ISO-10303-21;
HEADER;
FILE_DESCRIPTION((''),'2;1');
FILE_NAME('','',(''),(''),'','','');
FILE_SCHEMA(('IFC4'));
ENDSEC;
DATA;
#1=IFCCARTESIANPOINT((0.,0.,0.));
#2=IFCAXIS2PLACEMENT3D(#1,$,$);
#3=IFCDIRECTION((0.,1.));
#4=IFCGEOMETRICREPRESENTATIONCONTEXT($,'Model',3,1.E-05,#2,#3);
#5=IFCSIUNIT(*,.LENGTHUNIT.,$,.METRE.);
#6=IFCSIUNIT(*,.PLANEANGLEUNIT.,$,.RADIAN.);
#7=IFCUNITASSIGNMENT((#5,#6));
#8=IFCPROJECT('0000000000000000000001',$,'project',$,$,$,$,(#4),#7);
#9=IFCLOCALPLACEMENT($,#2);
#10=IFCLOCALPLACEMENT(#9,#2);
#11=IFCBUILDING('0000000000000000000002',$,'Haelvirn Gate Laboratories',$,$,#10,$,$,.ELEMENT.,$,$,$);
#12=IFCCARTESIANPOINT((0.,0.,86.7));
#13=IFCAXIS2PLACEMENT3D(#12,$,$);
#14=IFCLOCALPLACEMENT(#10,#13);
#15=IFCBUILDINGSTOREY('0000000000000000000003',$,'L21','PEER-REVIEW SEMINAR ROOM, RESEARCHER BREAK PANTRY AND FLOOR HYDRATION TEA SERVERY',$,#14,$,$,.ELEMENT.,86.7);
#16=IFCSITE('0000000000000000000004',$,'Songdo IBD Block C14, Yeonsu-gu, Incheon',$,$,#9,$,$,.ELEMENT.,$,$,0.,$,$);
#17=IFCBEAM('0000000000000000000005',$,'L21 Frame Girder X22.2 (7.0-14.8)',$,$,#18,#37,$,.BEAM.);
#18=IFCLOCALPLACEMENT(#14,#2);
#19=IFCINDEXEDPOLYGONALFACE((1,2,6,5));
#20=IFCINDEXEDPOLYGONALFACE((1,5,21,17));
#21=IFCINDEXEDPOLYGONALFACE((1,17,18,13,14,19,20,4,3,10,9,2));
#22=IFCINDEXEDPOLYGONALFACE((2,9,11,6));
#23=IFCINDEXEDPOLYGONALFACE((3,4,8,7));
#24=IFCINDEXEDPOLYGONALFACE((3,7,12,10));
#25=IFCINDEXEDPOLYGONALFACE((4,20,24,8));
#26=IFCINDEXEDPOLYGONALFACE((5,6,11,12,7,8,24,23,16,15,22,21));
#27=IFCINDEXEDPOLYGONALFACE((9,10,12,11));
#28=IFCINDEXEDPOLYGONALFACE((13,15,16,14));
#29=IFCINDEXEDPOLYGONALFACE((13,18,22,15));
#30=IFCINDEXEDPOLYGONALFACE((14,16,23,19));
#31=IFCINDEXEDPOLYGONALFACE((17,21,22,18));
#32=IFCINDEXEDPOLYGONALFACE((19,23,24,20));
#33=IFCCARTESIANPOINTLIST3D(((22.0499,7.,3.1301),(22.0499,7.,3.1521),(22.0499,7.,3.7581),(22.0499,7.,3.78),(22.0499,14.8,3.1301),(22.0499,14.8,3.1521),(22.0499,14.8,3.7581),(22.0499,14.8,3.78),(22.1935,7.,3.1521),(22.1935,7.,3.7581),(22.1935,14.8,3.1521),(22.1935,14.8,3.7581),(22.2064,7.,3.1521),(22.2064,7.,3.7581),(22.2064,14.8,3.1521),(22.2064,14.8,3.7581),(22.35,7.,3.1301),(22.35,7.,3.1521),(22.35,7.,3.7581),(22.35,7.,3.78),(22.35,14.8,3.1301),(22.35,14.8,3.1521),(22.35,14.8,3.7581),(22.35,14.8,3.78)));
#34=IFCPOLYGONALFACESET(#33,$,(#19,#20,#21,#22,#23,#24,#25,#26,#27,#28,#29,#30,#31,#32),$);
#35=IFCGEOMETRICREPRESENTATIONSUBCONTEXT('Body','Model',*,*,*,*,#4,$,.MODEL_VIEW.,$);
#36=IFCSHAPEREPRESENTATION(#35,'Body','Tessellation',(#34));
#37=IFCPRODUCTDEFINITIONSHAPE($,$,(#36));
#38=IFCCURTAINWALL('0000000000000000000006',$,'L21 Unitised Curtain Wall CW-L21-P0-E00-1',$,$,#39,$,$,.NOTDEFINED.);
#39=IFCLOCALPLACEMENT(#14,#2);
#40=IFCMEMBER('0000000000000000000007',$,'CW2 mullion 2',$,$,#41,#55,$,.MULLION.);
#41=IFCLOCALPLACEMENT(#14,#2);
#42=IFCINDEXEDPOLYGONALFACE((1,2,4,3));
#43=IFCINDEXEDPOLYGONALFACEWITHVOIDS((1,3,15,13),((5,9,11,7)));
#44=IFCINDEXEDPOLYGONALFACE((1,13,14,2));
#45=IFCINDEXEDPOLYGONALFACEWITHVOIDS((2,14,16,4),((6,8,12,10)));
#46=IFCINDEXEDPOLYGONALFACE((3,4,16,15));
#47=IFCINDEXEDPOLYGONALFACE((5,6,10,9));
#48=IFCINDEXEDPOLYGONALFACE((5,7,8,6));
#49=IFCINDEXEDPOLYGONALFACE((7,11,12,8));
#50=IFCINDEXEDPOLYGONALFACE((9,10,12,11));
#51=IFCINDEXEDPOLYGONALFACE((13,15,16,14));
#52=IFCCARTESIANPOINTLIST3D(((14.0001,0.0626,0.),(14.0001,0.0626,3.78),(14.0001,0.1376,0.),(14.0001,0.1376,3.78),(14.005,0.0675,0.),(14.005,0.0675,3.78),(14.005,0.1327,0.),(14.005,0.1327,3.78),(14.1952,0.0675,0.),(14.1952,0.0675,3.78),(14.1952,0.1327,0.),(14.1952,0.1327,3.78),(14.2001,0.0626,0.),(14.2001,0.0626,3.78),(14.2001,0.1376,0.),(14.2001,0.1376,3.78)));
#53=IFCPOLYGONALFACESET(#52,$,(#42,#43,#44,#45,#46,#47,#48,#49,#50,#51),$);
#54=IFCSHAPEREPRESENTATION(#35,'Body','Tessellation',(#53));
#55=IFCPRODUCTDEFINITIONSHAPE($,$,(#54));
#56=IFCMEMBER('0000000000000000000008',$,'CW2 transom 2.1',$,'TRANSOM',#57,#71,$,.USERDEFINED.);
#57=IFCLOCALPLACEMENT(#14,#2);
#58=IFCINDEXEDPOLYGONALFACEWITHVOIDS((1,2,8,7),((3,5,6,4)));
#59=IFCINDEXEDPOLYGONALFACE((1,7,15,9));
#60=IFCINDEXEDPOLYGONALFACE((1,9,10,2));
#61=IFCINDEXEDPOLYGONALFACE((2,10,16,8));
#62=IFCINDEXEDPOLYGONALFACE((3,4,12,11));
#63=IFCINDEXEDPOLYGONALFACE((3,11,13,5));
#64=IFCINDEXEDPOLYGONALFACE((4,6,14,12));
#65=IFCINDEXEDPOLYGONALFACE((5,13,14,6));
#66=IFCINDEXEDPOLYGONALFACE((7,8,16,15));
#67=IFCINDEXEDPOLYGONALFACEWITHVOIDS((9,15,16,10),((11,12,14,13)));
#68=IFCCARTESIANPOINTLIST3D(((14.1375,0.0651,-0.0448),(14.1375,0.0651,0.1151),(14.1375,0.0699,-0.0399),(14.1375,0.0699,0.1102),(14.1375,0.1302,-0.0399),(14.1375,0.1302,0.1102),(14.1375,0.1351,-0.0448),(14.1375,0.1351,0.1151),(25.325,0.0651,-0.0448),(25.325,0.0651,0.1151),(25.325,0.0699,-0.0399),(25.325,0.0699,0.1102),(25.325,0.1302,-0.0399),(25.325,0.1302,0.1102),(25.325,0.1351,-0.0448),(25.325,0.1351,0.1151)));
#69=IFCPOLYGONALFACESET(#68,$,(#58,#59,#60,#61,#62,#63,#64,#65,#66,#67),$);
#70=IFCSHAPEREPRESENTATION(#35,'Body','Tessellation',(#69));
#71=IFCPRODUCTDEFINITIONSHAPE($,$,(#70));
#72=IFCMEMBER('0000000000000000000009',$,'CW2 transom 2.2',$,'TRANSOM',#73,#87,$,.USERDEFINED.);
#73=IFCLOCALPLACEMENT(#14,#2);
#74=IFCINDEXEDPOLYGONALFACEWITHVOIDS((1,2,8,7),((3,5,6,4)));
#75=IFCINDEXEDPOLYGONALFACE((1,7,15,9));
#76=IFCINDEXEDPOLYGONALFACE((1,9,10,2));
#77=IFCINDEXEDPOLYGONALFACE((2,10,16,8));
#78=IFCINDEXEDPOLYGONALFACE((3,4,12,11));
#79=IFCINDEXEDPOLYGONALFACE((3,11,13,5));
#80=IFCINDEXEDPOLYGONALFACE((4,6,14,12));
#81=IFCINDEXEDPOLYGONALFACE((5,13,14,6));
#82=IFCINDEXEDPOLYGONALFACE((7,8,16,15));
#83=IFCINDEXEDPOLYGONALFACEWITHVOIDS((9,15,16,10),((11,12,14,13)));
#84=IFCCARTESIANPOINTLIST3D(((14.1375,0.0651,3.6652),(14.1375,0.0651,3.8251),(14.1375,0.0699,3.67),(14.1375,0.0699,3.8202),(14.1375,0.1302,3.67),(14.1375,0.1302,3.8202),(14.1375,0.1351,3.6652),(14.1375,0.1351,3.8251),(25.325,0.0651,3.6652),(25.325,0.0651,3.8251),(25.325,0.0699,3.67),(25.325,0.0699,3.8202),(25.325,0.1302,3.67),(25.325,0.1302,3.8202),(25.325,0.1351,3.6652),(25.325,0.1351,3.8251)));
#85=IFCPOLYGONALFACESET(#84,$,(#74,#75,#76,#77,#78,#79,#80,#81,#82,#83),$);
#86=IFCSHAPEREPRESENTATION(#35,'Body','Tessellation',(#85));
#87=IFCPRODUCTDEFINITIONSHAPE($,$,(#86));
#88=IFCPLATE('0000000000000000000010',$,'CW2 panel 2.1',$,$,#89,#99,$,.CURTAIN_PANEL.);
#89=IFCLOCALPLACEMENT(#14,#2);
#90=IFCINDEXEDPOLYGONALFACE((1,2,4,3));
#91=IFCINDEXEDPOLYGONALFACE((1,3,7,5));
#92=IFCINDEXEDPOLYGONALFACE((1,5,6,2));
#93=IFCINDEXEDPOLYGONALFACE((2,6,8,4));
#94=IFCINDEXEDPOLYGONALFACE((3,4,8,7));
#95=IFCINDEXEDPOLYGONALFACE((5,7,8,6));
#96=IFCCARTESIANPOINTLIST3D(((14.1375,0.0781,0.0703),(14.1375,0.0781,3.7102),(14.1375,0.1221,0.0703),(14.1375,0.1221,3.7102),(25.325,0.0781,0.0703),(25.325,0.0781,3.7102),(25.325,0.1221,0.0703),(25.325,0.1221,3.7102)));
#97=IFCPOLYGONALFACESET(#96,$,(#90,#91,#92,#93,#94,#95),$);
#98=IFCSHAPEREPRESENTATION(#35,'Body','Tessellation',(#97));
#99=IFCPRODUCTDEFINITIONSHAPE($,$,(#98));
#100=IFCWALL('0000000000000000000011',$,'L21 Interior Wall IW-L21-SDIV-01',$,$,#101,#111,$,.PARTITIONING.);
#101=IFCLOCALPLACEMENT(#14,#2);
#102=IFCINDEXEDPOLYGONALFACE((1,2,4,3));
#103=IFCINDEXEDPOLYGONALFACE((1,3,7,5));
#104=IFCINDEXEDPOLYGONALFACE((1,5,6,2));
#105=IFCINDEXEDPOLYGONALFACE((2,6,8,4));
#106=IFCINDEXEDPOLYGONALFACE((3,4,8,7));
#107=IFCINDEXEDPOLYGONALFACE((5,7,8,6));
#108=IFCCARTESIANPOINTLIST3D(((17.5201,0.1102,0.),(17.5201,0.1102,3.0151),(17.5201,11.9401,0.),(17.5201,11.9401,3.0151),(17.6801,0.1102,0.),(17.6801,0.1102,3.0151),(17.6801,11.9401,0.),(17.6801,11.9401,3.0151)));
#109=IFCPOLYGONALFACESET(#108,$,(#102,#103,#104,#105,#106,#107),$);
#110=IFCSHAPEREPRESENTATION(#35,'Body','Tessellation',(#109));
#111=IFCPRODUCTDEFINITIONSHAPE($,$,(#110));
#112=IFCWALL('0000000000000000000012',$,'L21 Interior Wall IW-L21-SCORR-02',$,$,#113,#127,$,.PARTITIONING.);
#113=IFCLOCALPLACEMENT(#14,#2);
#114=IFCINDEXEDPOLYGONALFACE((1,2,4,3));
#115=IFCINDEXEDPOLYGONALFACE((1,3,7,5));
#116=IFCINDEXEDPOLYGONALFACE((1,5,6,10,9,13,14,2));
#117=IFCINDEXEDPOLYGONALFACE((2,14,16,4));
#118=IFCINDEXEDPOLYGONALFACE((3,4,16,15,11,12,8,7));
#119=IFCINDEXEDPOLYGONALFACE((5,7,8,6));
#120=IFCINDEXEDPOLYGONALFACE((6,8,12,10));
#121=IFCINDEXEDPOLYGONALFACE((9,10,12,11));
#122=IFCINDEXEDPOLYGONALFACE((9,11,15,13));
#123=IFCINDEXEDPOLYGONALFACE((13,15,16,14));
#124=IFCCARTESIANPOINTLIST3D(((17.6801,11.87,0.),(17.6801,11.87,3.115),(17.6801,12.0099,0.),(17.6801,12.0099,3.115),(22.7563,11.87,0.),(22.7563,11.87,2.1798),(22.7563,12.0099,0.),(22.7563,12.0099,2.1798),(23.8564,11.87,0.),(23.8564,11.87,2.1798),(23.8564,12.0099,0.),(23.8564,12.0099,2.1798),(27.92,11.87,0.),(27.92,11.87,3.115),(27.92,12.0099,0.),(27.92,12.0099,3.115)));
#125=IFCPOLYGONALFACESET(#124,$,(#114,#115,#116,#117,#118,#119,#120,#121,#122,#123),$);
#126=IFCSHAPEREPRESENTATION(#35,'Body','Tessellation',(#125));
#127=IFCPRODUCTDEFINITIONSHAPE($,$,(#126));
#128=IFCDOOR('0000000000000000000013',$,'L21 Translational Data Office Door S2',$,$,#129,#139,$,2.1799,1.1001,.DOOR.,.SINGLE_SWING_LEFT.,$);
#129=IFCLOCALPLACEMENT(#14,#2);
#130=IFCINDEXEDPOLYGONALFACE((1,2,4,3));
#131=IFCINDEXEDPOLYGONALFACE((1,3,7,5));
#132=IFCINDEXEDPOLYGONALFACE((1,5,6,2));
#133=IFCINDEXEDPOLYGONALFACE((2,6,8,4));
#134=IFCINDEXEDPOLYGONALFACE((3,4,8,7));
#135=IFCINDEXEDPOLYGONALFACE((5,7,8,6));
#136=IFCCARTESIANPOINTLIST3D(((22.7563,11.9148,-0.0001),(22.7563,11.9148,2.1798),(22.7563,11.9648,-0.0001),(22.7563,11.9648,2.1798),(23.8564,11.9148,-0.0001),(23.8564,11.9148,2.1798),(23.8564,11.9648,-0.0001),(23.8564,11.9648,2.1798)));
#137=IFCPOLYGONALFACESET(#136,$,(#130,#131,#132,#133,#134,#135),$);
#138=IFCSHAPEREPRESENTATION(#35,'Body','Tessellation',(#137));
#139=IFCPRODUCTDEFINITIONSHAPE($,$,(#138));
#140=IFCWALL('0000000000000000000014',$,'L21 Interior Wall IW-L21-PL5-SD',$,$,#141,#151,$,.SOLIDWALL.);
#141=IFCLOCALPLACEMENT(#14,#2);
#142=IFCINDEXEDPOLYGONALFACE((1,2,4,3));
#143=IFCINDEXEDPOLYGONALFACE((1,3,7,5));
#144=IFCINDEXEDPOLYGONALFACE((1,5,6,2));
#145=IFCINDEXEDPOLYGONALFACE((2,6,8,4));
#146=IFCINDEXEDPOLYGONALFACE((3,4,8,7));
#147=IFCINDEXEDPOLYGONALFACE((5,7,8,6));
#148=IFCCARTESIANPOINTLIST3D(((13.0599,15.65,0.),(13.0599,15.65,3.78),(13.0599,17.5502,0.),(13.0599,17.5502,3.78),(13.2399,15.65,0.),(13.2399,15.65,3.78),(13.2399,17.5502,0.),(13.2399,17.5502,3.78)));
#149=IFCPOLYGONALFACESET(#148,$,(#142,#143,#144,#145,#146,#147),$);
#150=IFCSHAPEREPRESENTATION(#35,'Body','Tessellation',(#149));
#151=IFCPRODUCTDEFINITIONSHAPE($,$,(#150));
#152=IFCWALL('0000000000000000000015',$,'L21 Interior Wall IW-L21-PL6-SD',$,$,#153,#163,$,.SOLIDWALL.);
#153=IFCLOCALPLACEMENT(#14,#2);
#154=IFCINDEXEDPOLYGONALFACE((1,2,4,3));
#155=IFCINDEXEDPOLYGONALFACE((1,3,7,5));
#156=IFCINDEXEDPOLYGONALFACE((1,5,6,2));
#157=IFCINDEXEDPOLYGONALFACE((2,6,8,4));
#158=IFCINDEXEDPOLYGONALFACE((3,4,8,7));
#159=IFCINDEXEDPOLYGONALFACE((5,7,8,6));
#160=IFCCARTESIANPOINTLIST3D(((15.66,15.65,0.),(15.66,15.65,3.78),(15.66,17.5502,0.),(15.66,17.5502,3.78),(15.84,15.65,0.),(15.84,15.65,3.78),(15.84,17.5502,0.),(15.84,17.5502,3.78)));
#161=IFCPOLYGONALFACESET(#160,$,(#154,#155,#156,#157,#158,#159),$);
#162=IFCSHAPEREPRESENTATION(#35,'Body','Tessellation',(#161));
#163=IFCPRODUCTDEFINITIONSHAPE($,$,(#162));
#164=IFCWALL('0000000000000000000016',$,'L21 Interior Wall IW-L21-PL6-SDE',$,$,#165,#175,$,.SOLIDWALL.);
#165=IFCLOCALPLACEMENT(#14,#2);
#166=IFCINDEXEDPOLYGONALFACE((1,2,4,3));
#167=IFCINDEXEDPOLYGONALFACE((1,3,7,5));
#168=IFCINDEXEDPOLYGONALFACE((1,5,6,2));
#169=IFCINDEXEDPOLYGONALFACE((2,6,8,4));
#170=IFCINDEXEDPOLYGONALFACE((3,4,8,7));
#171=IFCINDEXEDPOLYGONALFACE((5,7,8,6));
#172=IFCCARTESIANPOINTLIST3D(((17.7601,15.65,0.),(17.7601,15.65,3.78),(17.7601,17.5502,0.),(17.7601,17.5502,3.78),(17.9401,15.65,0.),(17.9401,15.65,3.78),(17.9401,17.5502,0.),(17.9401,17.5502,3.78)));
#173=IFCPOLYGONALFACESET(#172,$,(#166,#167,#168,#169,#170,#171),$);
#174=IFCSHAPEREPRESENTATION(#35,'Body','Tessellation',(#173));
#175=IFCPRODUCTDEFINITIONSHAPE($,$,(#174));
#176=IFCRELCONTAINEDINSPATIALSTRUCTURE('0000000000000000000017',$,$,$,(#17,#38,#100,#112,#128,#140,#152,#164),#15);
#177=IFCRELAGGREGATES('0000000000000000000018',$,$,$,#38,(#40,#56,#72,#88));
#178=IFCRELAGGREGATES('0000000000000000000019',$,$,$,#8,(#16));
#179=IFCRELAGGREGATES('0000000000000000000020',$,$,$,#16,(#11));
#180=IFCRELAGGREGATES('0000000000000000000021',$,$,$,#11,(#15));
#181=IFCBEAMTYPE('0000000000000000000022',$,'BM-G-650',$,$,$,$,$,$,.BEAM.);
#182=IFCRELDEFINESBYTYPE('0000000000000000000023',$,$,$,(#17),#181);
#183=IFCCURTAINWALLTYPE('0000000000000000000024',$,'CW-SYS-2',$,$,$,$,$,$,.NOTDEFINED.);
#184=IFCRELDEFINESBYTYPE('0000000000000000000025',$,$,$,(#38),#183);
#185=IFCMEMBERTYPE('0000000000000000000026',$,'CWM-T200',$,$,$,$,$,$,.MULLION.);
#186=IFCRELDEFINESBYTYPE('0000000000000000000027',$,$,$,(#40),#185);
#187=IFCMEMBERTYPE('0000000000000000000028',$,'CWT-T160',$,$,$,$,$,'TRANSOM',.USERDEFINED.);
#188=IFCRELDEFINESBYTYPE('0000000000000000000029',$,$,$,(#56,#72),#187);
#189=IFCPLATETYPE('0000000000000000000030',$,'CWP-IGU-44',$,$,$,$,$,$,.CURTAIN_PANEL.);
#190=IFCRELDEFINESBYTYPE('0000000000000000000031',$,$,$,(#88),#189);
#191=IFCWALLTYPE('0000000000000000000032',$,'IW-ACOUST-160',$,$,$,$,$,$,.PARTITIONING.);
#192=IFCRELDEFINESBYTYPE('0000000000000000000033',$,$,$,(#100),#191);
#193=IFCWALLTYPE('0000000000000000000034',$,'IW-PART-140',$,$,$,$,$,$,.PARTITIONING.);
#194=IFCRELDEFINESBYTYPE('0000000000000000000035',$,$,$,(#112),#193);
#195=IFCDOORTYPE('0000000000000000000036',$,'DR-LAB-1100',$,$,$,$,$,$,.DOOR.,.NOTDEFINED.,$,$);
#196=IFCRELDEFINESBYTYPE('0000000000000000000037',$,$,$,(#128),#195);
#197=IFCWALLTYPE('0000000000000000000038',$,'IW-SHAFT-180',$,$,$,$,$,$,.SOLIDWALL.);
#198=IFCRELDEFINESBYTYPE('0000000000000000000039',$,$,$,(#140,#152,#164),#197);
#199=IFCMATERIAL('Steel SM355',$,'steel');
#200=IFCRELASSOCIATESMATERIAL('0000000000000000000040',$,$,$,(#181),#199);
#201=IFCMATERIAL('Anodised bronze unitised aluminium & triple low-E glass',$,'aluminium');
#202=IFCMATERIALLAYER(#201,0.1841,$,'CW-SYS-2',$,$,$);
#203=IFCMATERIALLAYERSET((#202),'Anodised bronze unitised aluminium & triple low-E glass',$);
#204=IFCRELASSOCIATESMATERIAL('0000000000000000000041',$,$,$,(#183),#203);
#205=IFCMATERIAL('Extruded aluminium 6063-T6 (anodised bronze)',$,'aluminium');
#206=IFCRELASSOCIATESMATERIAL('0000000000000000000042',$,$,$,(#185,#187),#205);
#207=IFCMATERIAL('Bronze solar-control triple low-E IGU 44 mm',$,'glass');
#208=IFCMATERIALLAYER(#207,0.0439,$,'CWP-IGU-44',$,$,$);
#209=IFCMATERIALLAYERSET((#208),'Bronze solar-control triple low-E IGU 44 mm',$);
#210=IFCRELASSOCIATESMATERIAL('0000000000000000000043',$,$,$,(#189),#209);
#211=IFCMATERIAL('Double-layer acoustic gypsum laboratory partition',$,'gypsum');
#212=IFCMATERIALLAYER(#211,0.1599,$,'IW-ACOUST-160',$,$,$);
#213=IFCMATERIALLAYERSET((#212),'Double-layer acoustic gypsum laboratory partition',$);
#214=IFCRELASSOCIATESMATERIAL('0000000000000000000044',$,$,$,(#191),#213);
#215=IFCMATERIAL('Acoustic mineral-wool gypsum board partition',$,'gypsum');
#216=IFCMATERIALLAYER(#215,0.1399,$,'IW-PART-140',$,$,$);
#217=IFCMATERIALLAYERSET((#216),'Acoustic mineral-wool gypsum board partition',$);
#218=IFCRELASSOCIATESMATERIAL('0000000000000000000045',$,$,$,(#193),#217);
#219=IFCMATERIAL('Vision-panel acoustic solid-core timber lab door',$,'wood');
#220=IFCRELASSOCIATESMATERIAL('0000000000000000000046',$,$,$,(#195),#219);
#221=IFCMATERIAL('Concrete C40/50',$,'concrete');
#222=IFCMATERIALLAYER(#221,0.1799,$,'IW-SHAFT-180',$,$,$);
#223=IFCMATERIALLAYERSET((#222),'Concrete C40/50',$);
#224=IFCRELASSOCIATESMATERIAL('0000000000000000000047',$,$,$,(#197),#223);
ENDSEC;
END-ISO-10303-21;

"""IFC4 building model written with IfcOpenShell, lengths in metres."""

from ifc_helpers import new_model, si_unit, direction, frame, frame_2d, origin, origin_2d, place, context, subcontext, project, spatial, rectangle, hollow_rectangle, i_section, extrude, source, transform, mapped, material, layer, layer_set, material_profile, profile_set, type_object, type_shapes, element, fill, aggregate, save


model = new_model("IFC4")

# Units and contexts
model_context = context("Model", 3, precision=1e-05, world=origin(), true_north=direction((0.0, 1.0)))
body_context = subcontext(model_context, "Body", "Model", "MODEL_VIEW")
ifc_project = project(units=[si_unit("LENGTHUNIT", "METRE"), si_unit("PLANEANGLEUNIT", "RADIAN")], contexts=[model_context])

# Site, building, storey
site_placement = place(None, origin())
site = spatial("IfcSite", under=ifc_project, at=site_placement, Name="Songdo IBD Block C14, Yeonsu-gu, Incheon", CompositionType="ELEMENT", RefElevation=0.0)
building_placement = place(site_placement, origin())
building = spatial("IfcBuilding", under=site, at=building_placement, Name="Haelvirn Gate Laboratories", CompositionType="ELEMENT")
storey_placement = place(building_placement, frame((0.0, 0.0, 86.7)))
storey = spatial("IfcBuildingStorey", under=building, at=storey_placement, Name="L21", Description="PEER-REVIEW SEMINAR ROOM, RESEARCHER BREAK PANTRY AND FLOOR HYDRATION TEA SERVERY", CompositionType="ELEMENT", Elevation=86.7)

# Beam
ifc_material_1 = material(Name="Steel SM355", Category="steel")
ifc_material_profile_1 = material_profile(ifc_material_1, i_section(OverallWidth=0.3, OverallDepth=0.6499, WebThickness=0.0129, FlangeThickness=0.022, at=origin_2d()), Name="H-650x300x13x22")
ifc_profile_set_1 = profile_set([ifc_material_profile_1], Name="Steel SM355")
beam_type_1 = type_object("IfcBeamType", Name="BM-G-650", PredefinedType="BEAM", material=ifc_profile_set_1)
shared_shape_1 = source(origin(), body_context, "Body", "SweptSolid", [
    extrude(i_section(OverallWidth=0.3, OverallDepth=0.6499, WebThickness=0.0129, FlangeThickness=0.022, at=origin_2d()), origin(), (0.0, 0.0, 1.0), 7.8),
])
beam_1_placement = place(storey_placement, frame((22.2, 7.0, 3.4551), z_axis=(0.0, 1.0, 0.0), x_axis=(-1.0, 0.0, 0.0)))
element("IfcBeam", 1, at=beam_1_placement, inside=storey, type_object=beam_type_1, Name="L21 Frame Girder X22.2 (7.0-14.8)", PredefinedType="BEAM", context=body_context, shape_type="MappedRepresentation", body=[
    mapped(shared_shape_1, transform((0.0, 0.0, 0.0), scale=1.0)),
])

# Curtain wall, members, plate
ifc_material_2 = material(Name="Anodised bronze unitised aluminium & triple low-E glass", Category="aluminium")
ifc_layer_1 = layer(ifc_material_2, 0.1841, Name="CW-SYS-2")
ifc_layer_set_1 = layer_set([ifc_layer_1], Name="Anodised bronze unitised aluminium & triple low-E glass")
curtain_wall_type = type_object("IfcCurtainWallType", Name="CW-SYS-2", PredefinedType="NOTDEFINED", material=ifc_layer_set_1)
curtain_wall_placement = place(storey_placement, origin())
curtain_wall = element("IfcCurtainWall", 2, at=curtain_wall_placement, inside=storey, type_object=curtain_wall_type, Name="L21 Unitised Curtain Wall CW-L21-P0-E00-1", PredefinedType="NOTDEFINED")
ifc_material_3 = material(Name="Extruded aluminium 6063-T6 (anodised bronze)", Category="aluminium")
ifc_material_profile_2 = material_profile(ifc_material_3, hollow_rectangle(XDim=0.075, YDim=0.2, WallThickness=0.0049, at=origin_2d()), Name="CWM-200x75x5")
ifc_profile_set_2 = profile_set([ifc_material_profile_2], Name="Extruded aluminium 6063-T6 (anodised bronze)")
member_type_1 = type_object("IfcMemberType", Name="CWM-T200", PredefinedType="MULLION", material=ifc_profile_set_2)
shared_shape_2 = source(origin(), body_context, "Body", "SweptSolid", [
    extrude(hollow_rectangle(XDim=0.075, YDim=0.2, WallThickness=0.0049, at=origin_2d()), origin(), (0.0, 0.0, 1.0), 3.78),
])
type_shapes(member_type_1, [shared_shape_2])
member_1_placement = place(storey_placement, frame((14.1001, 0.1001, 0.0), z_axis=(0.0, 0.0, 1.0), x_axis=(0.0, 1.0, 0.0)))
member_1 = element("IfcMember", 3, at=member_1_placement, type_object=member_type_1, Name="CW2 mullion 2", PredefinedType="MULLION", context=body_context, shape_type="MappedRepresentation", body=[
    mapped(shared_shape_2, transform((0.0, 0.0, 0.0), scale=1.0)),
])
ifc_material_profile_3 = material_profile(ifc_material_3, hollow_rectangle(XDim=0.0701, YDim=0.1599, WallThickness=0.0049, at=origin_2d()), Name="CWT-160x70x5")
ifc_profile_set_3 = profile_set([ifc_material_profile_3], Name="Extruded aluminium 6063-T6 (anodised bronze)")
member_type_2 = type_object("IfcMemberType", Name="CWT-T160", ElementType="TRANSOM", PredefinedType="USERDEFINED", material=ifc_profile_set_3)
shared_shape_3 = source(origin(), body_context, "Body", "SweptSolid", [
    extrude(hollow_rectangle(XDim=0.0701, YDim=0.1599, WallThickness=0.0049, at=origin_2d()), origin(), (0.0, 0.0, 1.0), 11.1875),
])
type_shapes(member_type_2, [shared_shape_3])
member_2_placement = place(storey_placement, frame((14.1375, 0.1001, 0.0352), z_axis=(1.0, 0.0, 0.0), x_axis=(0.0, 1.0, 0.0)))
member_2 = element("IfcMember", 4, at=member_2_placement, type_object=member_type_2, Name="CW2 transom 2.1", ObjectType="TRANSOM", PredefinedType="USERDEFINED", context=body_context, shape_type="MappedRepresentation", body=[
    mapped(shared_shape_3, transform((0.0, 0.0, 0.0), scale=1.0)),
])
member_3_placement = place(storey_placement, frame((14.1375, 0.1001, 3.7451), z_axis=(1.0, 0.0, 0.0), x_axis=(0.0, 1.0, 0.0)))
member_3 = element("IfcMember", 5, at=member_3_placement, type_object=member_type_2, Name="CW2 transom 2.2", ObjectType="TRANSOM", PredefinedType="USERDEFINED", context=body_context, shape_type="MappedRepresentation", body=[
    mapped(shared_shape_3, transform((0.0, 0.0, 0.0), scale=1.0)),
])
ifc_material_4 = material(Name="Bronze solar-control triple low-E IGU 44 mm", Category="glass")
ifc_layer_2 = layer(ifc_material_4, 0.0439, Name="CWP-IGU-44")
ifc_layer_set_2 = layer_set([ifc_layer_2], Name="Bronze solar-control triple low-E IGU 44 mm")
plate_type = type_object("IfcPlateType", Name="CWP-IGU-44", PredefinedType="CURTAIN_PANEL", material=ifc_layer_set_2)
shared_shape_4 = source(origin(), body_context, "Body", "SweptSolid", [
    extrude(rectangle(XDim=11.1875, YDim=0.0439, at=origin_2d()), origin(), (0.0, 0.0, 1.0), 3.6399),
])
type_shapes(plate_type, [shared_shape_4])
plate_placement = place(storey_placement, frame((19.7312, 0.1001, 0.0703), z_axis=(0.0, 0.0, 1.0), x_axis=(1.0, 0.0, 0.0)))
plate = element("IfcPlate", 6, at=plate_placement, type_object=plate_type, Name="CW2 panel 2.1", PredefinedType="CURTAIN_PANEL", context=body_context, shape_type="MappedRepresentation", body=[
    mapped(shared_shape_4, transform((0.0, 0.0, 0.0), scale=1.0)),
])
aggregate(curtain_wall, [member_1, member_2, member_3, plate])

# Wall
ifc_material_5 = material(Name="Double-layer acoustic gypsum laboratory partition", Category="gypsum")
ifc_layer_3 = layer(ifc_material_5, 0.1599, Name="IW-ACOUST-160")
ifc_layer_set_3 = layer_set([ifc_layer_3], Name="Double-layer acoustic gypsum laboratory partition")
wall_type_1 = type_object("IfcWallType", Name="IW-ACOUST-160", PredefinedType="PARTITIONING", material=ifc_layer_set_3)
wall_1_placement = place(storey_placement, frame((17.6001, 0.1101, 0.0), z_axis=(0.0, 0.0, 1.0), x_axis=(0.0, 1.0, 0.0)))
element("IfcWall", 7, at=wall_1_placement, inside=storey, type_object=wall_type_1, Name="L21 Interior Wall IW-L21-SDIV-01", PredefinedType="PARTITIONING", context=body_context, shape_type="SweptSolid", body=[
    extrude(rectangle(XDim=11.8298, YDim=0.1599, at=frame_2d((5.915, 0.0))), origin(), (0.0, 0.0, 1.0), 3.0151),
])

# Wall, opening, door
ifc_material_6 = material(Name="Acoustic mineral-wool gypsum board partition", Category="gypsum")
ifc_layer_4 = layer(ifc_material_6, 0.1399, Name="IW-PART-140")
ifc_layer_set_4 = layer_set([ifc_layer_4], Name="Acoustic mineral-wool gypsum board partition")
wall_type_2 = type_object("IfcWallType", Name="IW-PART-140", PredefinedType="PARTITIONING", material=ifc_layer_set_4)
wall_2_placement = place(storey_placement, frame((17.6799, 11.9399, 0.0), z_axis=(0.0, 0.0, 1.0), x_axis=(1.0, 0.0, 0.0)))
wall_2 = element("IfcWall", 8, at=wall_2_placement, inside=storey, type_object=wall_type_2, Name="L21 Interior Wall IW-L21-SCORR-02", PredefinedType="PARTITIONING", context=body_context, shape_type="SweptSolid", body=[
    extrude(rectangle(XDim=10.24, YDim=0.1399, at=frame_2d((5.1201, 0.0))), origin(), (0.0, 0.0, 1.0), 3.115),
])
opening_placement = place(wall_2_placement, frame((5.0764, 0.0, 0.0)))
opening = element("IfcOpeningElement", 9, at=opening_placement, cuts=wall_2, PredefinedType="OPENING", context=body_context, shape_type="SweptSolid", body=[
    extrude(rectangle(XDim=1.1001, YDim=2.1799, at=frame_2d((0.55, 1.0898))), frame((0.0, 0.0801, 0.0), z_axis=(0.0, -1.0, 0.0), x_axis=(1.0, 0.0, 0.0)), (0.0, 0.0, 1.0), 0.1599),
])
ifc_material_7 = material(Name="Vision-panel acoustic solid-core timber lab door", Category="wood")
door_type = type_object("IfcDoorType", Name="DR-LAB-1100", OperationType="NOTDEFINED", PredefinedType="DOOR", material=ifc_material_7)
shared_shape_5 = source(origin(), body_context, "Body", "SweptSolid", [
    extrude(rectangle(XDim=1.1001, YDim=2.1799, at=frame_2d((0.55, 1.0898))), frame((0.0, 0.0249, 0.0), z_axis=(0.0, -1.0, 0.0), x_axis=(1.0, 0.0, 0.0)), (0.0, 0.0, 1.0), 0.05),
])
type_shapes(door_type, [shared_shape_5])
door_placement = place(opening_placement, origin())
door = element("IfcDoor", 10, at=door_placement, inside=storey, type_object=door_type, Name="L21 Translational Data Office Door S2", OperationType="SINGLE_SWING_LEFT", OverallHeight=2.1799, OverallWidth=1.1001, PredefinedType="DOOR", context=body_context, shape_type="MappedRepresentation", body=[
    mapped(shared_shape_5, transform((0.0, 0.0, 0.0), scale=1.0)),
])
fill(opening, door)

# Walls
ifc_material_8 = material(Name="Concrete C40/50", Category="concrete")
ifc_layer_5 = layer(ifc_material_8, 0.1799, Name="IW-SHAFT-180")
ifc_layer_set_5 = layer_set([ifc_layer_5], Name="Concrete C40/50")
wall_type_3 = type_object("IfcWallType", Name="IW-SHAFT-180", PredefinedType="SOLIDWALL", material=ifc_layer_set_5)
for number, where, z_axis, x_axis, name in (
    (11, (13.1499, 15.6499, 0.0), (0.0, 0.0, 1.0), (0.0, 1.0, 0.0), "L21 Interior Wall IW-L21-PL5-SD"),
    (12, (15.75, 15.6499, 0.0), (0.0, 0.0, 1.0), (0.0, 1.0, 0.0), "L21 Interior Wall IW-L21-PL6-SD"),
    (13, (17.8501, 15.6499, 0.0), (0.0, 0.0, 1.0), (0.0, 1.0, 0.0), "L21 Interior Wall IW-L21-PL6-SDE"),
):
    element("IfcWall", number, at=place(storey_placement, frame(where, z_axis=z_axis, x_axis=x_axis)), inside=storey, type_object=wall_type_3, Name=name, PredefinedType="SOLIDWALL", context=body_context, shape_type="SweptSolid", body=[
        extrude(rectangle(XDim=1.9001, YDim=0.1799, at=frame_2d((0.9502, 0.0))), origin(), (0.0, 0.0, 1.0), 3.78),
    ])

save(model, "model.ifc")
